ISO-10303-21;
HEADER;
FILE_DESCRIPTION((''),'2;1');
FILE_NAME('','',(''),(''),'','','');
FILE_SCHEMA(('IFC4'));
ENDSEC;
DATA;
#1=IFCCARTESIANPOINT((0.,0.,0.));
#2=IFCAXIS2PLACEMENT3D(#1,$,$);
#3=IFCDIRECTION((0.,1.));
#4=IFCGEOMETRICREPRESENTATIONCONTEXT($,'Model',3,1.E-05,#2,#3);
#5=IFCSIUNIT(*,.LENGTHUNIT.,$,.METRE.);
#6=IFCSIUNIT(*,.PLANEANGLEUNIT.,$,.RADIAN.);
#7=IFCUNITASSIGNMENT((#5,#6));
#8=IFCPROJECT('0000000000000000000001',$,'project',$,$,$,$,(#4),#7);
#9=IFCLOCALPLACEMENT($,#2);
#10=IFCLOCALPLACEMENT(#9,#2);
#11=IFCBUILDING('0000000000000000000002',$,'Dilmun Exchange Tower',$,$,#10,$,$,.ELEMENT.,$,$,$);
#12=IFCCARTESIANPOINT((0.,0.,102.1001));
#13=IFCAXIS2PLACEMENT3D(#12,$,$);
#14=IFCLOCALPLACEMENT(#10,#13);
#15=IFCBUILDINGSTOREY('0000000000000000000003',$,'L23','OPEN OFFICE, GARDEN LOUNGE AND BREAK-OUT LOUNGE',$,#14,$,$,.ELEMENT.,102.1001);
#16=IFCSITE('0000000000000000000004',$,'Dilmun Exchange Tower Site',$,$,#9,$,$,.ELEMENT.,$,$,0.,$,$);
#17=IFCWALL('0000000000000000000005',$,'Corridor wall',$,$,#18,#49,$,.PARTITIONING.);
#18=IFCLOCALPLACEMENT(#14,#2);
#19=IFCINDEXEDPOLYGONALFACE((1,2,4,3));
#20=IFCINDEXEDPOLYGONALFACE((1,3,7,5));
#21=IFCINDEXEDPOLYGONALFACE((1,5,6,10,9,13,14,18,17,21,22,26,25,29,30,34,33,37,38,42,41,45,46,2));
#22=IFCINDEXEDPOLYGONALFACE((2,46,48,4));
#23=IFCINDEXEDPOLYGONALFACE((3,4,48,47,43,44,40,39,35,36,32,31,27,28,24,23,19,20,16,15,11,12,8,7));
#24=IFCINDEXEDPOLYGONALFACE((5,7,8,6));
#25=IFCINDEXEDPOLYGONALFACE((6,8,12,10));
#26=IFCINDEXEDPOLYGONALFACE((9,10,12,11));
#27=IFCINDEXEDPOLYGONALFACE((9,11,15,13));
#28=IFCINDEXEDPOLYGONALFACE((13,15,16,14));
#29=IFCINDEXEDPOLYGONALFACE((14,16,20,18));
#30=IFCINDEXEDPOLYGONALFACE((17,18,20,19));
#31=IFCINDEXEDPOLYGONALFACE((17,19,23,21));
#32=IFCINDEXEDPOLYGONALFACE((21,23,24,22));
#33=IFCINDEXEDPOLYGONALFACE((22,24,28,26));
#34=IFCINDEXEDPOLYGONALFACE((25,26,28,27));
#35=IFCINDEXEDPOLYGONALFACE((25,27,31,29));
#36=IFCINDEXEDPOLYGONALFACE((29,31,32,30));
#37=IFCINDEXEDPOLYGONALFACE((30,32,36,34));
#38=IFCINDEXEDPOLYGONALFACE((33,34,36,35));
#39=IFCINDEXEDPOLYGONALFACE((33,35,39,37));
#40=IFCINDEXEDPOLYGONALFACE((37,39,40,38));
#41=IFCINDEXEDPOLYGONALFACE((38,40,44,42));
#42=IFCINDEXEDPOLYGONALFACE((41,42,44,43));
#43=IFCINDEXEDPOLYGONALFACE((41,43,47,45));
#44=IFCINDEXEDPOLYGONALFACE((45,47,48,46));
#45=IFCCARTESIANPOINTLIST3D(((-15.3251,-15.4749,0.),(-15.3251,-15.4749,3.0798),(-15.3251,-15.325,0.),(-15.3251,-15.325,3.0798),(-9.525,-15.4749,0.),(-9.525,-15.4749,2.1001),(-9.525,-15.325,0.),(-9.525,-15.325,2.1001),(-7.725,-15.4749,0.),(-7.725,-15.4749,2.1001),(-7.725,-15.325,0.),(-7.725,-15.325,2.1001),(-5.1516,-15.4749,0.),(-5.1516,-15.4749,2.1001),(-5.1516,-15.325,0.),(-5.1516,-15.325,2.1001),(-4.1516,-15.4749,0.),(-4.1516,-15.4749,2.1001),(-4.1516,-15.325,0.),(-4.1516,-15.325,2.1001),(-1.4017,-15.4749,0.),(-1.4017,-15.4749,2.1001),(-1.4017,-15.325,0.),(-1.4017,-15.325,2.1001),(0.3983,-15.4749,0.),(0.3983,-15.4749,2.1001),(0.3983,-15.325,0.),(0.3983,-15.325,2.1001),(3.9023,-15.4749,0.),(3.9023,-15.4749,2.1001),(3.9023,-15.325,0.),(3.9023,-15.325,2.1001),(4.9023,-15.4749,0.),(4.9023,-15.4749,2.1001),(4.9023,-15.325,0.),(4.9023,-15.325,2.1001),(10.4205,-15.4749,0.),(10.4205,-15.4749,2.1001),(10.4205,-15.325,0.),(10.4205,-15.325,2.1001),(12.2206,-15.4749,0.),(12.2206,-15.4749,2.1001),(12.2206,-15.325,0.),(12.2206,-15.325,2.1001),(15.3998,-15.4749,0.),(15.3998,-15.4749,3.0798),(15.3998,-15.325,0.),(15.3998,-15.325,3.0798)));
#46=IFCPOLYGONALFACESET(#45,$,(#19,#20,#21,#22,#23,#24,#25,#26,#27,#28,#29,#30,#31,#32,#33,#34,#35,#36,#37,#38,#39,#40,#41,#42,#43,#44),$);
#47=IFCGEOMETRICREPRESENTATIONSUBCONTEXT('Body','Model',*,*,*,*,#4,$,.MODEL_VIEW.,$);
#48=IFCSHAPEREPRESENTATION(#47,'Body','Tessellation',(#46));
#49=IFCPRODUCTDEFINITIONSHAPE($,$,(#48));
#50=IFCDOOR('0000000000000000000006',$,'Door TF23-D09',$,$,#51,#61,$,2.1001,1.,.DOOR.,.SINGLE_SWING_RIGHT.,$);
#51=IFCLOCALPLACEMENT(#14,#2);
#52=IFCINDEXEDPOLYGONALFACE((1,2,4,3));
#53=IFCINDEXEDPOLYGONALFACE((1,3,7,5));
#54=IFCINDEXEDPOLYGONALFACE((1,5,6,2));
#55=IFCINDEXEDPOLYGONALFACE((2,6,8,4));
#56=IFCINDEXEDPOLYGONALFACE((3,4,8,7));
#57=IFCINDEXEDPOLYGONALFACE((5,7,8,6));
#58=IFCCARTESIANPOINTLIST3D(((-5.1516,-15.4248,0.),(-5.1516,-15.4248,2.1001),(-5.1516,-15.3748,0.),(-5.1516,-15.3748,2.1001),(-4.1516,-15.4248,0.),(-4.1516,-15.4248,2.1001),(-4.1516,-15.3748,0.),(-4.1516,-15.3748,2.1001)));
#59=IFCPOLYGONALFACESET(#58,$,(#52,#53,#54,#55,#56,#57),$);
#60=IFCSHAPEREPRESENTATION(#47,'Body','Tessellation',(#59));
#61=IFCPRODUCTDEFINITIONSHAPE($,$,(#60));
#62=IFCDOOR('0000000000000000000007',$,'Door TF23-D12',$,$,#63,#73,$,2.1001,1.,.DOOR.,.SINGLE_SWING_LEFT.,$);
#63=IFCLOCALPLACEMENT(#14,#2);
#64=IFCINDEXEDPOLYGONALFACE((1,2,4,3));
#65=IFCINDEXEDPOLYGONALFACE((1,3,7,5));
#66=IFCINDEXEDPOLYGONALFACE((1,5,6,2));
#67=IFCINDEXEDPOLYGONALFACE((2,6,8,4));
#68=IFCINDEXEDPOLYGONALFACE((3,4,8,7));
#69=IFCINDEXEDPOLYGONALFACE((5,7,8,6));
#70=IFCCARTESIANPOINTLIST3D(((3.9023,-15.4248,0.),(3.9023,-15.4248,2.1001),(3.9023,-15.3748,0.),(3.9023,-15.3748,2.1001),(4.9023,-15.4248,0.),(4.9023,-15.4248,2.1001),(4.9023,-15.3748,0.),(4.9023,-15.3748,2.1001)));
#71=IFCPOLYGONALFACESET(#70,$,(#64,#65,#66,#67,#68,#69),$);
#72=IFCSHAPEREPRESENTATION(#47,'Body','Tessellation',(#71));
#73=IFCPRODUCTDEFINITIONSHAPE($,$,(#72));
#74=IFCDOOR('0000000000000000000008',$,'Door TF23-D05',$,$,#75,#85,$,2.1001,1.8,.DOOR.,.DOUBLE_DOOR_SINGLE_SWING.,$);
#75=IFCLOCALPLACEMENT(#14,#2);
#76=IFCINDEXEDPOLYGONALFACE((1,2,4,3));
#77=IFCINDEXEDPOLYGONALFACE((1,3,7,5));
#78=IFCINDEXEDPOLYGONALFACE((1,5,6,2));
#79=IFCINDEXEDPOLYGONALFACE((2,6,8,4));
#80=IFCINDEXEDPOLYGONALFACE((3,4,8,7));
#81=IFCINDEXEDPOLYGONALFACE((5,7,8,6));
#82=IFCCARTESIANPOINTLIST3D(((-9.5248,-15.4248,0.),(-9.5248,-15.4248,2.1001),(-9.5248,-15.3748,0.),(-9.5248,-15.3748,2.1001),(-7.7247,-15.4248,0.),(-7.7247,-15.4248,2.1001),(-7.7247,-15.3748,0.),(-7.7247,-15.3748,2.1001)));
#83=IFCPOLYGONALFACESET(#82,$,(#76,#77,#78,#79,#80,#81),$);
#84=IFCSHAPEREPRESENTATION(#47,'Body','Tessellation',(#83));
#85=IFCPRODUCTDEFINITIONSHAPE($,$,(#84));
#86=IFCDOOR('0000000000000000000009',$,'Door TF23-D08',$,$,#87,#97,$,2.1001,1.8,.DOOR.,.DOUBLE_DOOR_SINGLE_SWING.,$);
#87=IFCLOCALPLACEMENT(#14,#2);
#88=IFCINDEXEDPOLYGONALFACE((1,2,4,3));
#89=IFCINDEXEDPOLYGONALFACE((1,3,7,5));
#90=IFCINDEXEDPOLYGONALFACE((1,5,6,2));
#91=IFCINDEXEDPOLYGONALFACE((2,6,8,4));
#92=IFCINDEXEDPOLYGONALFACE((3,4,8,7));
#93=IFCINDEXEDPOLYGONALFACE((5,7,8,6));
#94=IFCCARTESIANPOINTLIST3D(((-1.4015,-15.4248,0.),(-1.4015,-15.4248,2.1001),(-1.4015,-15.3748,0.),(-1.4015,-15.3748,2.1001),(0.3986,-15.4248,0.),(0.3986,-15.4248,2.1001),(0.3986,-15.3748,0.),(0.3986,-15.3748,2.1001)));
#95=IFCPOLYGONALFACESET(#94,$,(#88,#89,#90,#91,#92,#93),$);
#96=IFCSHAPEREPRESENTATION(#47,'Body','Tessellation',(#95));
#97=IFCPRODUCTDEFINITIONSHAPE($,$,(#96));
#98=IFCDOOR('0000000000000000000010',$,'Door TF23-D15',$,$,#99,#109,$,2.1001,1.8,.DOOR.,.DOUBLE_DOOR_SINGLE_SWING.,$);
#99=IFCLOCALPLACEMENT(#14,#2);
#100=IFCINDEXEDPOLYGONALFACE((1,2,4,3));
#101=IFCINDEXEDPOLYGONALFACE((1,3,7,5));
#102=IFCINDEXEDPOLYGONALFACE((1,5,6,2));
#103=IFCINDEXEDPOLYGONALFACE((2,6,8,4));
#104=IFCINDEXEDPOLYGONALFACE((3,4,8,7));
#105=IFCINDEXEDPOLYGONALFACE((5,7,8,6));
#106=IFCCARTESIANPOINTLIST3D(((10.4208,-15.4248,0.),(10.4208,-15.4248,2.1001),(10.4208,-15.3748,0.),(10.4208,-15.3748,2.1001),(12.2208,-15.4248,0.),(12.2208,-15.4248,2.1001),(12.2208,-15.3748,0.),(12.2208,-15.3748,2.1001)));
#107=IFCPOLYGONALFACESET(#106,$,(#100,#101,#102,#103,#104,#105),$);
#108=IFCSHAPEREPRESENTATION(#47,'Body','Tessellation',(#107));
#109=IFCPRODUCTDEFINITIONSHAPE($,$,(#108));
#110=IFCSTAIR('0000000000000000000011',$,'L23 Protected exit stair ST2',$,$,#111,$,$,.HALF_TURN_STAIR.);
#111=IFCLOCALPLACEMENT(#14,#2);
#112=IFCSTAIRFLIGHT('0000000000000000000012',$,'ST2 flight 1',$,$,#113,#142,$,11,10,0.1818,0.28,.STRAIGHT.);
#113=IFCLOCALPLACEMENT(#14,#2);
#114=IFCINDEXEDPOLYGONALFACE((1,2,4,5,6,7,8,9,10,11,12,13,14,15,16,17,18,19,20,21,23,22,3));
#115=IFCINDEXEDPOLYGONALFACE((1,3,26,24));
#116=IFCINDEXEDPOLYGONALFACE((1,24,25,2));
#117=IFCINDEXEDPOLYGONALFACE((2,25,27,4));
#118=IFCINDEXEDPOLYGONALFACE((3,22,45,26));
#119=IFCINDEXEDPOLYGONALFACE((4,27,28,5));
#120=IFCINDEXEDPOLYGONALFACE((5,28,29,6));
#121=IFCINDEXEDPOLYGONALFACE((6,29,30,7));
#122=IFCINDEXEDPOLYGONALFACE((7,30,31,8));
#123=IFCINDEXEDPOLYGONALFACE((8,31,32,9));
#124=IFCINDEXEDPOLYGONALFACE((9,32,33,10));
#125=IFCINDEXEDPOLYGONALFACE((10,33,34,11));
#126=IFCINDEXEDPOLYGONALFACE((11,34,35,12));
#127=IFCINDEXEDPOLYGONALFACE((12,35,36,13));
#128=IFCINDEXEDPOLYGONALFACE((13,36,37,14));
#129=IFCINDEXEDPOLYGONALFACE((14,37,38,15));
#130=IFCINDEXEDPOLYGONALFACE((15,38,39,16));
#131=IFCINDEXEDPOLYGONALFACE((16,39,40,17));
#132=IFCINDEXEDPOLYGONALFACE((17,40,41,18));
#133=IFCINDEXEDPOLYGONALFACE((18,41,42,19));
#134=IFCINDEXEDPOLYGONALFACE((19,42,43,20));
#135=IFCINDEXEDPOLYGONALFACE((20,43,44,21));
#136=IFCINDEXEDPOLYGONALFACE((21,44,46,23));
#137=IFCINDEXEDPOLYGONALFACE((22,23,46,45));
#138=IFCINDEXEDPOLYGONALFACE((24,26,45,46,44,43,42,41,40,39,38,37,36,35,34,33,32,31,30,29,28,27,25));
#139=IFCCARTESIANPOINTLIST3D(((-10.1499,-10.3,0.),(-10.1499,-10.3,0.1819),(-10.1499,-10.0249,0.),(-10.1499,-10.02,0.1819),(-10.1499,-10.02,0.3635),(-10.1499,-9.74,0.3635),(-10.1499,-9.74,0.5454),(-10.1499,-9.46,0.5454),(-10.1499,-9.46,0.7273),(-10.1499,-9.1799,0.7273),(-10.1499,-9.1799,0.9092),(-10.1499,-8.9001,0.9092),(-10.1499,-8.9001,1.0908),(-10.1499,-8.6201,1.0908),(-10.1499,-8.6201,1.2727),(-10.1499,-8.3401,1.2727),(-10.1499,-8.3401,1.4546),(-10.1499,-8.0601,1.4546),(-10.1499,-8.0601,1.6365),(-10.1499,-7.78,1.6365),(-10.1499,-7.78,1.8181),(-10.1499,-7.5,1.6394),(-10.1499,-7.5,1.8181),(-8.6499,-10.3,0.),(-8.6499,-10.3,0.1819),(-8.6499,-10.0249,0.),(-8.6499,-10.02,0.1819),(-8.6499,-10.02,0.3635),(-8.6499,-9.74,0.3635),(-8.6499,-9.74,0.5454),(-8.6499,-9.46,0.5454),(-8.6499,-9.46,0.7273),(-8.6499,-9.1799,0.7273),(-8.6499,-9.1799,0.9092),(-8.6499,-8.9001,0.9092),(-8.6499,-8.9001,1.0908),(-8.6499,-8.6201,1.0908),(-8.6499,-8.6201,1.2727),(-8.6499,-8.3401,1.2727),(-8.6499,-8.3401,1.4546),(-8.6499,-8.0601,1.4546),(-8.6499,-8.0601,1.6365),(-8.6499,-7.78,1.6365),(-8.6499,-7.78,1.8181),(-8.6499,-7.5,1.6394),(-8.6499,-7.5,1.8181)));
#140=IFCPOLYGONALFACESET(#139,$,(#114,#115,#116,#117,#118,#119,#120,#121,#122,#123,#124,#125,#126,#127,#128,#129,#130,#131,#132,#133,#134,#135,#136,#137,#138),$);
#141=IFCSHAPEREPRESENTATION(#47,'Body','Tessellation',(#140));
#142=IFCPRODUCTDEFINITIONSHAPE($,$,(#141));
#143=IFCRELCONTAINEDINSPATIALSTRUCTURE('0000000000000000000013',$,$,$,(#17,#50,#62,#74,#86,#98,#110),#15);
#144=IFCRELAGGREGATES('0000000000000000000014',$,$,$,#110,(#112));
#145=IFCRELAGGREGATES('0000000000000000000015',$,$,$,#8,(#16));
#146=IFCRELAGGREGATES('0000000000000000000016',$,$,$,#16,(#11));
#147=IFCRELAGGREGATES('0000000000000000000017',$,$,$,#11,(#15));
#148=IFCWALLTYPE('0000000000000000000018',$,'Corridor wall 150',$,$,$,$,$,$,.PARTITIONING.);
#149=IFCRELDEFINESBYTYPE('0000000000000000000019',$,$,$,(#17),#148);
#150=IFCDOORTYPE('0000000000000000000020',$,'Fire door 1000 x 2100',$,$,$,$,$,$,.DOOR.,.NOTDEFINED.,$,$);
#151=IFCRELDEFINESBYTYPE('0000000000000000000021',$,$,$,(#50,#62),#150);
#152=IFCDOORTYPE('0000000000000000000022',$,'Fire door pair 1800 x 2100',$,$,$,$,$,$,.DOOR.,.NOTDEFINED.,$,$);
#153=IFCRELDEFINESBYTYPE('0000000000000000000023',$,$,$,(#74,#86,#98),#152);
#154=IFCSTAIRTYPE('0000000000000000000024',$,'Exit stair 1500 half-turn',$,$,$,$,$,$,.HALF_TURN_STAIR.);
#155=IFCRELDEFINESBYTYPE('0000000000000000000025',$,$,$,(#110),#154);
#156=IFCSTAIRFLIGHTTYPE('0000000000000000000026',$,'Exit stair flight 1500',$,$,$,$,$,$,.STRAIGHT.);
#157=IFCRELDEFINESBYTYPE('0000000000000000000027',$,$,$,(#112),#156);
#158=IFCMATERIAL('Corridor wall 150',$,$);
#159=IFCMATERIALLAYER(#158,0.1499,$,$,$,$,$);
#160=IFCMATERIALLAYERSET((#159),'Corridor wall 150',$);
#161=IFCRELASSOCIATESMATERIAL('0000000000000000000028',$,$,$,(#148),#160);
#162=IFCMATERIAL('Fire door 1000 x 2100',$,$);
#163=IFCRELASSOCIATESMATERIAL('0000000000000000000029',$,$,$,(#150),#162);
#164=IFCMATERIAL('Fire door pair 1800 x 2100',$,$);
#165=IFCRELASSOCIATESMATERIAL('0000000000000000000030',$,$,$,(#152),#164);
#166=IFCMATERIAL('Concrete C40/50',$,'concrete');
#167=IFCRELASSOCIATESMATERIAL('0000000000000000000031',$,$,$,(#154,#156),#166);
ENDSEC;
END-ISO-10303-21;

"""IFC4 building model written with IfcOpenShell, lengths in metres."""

from ifc_helpers import new_model, si_unit, direction, frame, frame_2d, origin, place, context, subcontext, project, spatial, polyline, rectangle, outline, extrude, material, layer, layer_set, type_object, element, fill, aggregate, save


model = new_model("IFC4")

# Units and contexts
model_context = context("Model", 3, precision=1e-05, world=origin(), true_north=direction((0.0, 1.0)))
body_context = subcontext(model_context, "Body", "Model", "MODEL_VIEW")
ifc_project = project(units=[si_unit("LENGTHUNIT", "METRE"), si_unit("PLANEANGLEUNIT", "RADIAN")], contexts=[model_context])

# Site, building, storey
site_placement = place(None, origin())
site = spatial("IfcSite", under=ifc_project, at=site_placement, Name="Dilmun Exchange Tower Site", CompositionType="ELEMENT", RefElevation=0.0)
building_placement = place(site_placement, origin())
building = spatial("IfcBuilding", under=site, at=building_placement, Name="Dilmun Exchange Tower", CompositionType="ELEMENT")
storey_placement = place(building_placement, frame((0.0, 0.0, 102.1001)))
storey = spatial("IfcBuildingStorey", under=building, at=storey_placement, Name="L23", Description="OPEN OFFICE, GARDEN LOUNGE AND BREAK-OUT LOUNGE", CompositionType="ELEMENT", Elevation=102.1001)

# Shared definitions
ifc_material_1 = material(Name="Concrete C40/50", Category="concrete")

# Wall, openings, doors
ifc_material_2 = material(Name="Corridor wall 150")
ifc_layer_1 = layer(ifc_material_2, 0.1499)
ifc_layer_set_1 = layer_set([ifc_layer_1], Name="Corridor wall 150")
wall_type_1 = type_object("IfcWallType", Name="Corridor wall 150", PredefinedType="PARTITIONING", material=ifc_layer_set_1)
wall_1_placement = place(storey_placement, frame((-15.325, -15.3999, 0.0), z_axis=(0.0, 0.0, 1.0), x_axis=(1.0, 0.0, 0.0)))
wall_1 = element("IfcWall", 1, at=wall_1_placement, inside=storey, type_object=wall_type_1, Name="Corridor wall", PredefinedType="PARTITIONING", context=body_context, shape_type="SweptSolid", body=[
    extrude(rectangle(XDim=30.7249, YDim=0.1499, at=frame_2d((15.3623, 0.0))), origin(), (0.0, 0.0, 1.0), 3.0798),
])
opening_1_placement = place(wall_1_placement, frame((5.8, 0.0, 0.0)))
opening_1 = element("IfcOpeningElement", 2, at=opening_1_placement, cuts=wall_1, PredefinedType="OPENING", context=body_context, shape_type="SweptSolid", body=[
    extrude(rectangle(XDim=1.8, YDim=2.1001, at=frame_2d((0.8999, 1.05))), frame((0.0, 0.085, 0.0), z_axis=(0.0, -1.0, 0.0), x_axis=(1.0, 0.0, 0.0)), (0.0, 0.0, 1.0), 0.1699),
])
opening_2_placement = place(wall_1_placement, frame((13.9233, 0.0, 0.0)))
opening_2 = element("IfcOpeningElement", 3, at=opening_2_placement, cuts=wall_1, PredefinedType="OPENING", context=body_context, shape_type="SweptSolid", body=[
    extrude(rectangle(XDim=1.8, YDim=2.1001, at=frame_2d((0.8999, 1.05))), frame((0.0, 0.085, 0.0), z_axis=(0.0, -1.0, 0.0), x_axis=(1.0, 0.0, 0.0)), (0.0, 0.0, 1.0), 0.1699),
])
opening_3_placement = place(wall_1_placement, frame((10.1733, 0.0, 0.0)))
opening_3 = element("IfcOpeningElement", 4, at=opening_3_placement, cuts=wall_1, PredefinedType="OPENING", context=body_context, shape_type="SweptSolid", body=[
    extrude(rectangle(XDim=1.0, YDim=2.1001, at=frame_2d((0.5, 1.05))), frame((0.0, 0.085, 0.0), z_axis=(0.0, -1.0, 0.0), x_axis=(1.0, 0.0, 0.0)), (0.0, 0.0, 1.0), 0.1699),
])
opening_4_placement = place(wall_1_placement, frame((19.2273, 0.0, 0.0)))
opening_4 = element("IfcOpeningElement", 5, at=opening_4_placement, cuts=wall_1, PredefinedType="OPENING", context=body_context, shape_type="SweptSolid", body=[
    extrude(rectangle(XDim=1.0, YDim=2.1001, at=frame_2d((0.5, 1.05))), frame((0.0, 0.085, 0.0), z_axis=(0.0, -1.0, 0.0), x_axis=(1.0, 0.0, 0.0)), (0.0, 0.0, 1.0), 0.1699),
])
opening_5_placement = place(wall_1_placement, frame((25.7456, 0.0, 0.0)))
opening_5 = element("IfcOpeningElement", 6, at=opening_5_placement, cuts=wall_1, PredefinedType="OPENING", context=body_context, shape_type="SweptSolid", body=[
    extrude(rectangle(XDim=1.8, YDim=2.1001, at=frame_2d((0.8999, 1.05))), frame((0.0, 0.085, 0.0), z_axis=(0.0, -1.0, 0.0), x_axis=(1.0, 0.0, 0.0)), (0.0, 0.0, 1.0), 0.1699),
])
ifc_material_3 = material(Name="Fire door 1000 x 2100")
door_type_1 = type_object("IfcDoorType", Name="Fire door 1000 x 2100", OperationType="NOTDEFINED", PredefinedType="DOOR", material=ifc_material_3)
door_1_placement = place(opening_3_placement, frame((1.0, 0.0, 0.0), z_axis=(0.0, 0.0, 1.0), x_axis=(-1.0, 0.0, 0.0)))
door_1 = element("IfcDoor", 7, at=door_1_placement, inside=storey, type_object=door_type_1, Name="Door TF23-D09", OperationType="SINGLE_SWING_RIGHT", OverallHeight=2.1001, OverallWidth=1.0, PredefinedType="DOOR", context=body_context, shape_type="SweptSolid", body=[
    extrude(rectangle(XDim=1.0, YDim=2.1001, at=frame_2d((0.5, 1.05))), frame((0.0, 0.0249, 0.0), z_axis=(0.0, -1.0, 0.0), x_axis=(1.0, 0.0, 0.0)), (0.0, 0.0, 1.0), 0.05),
])
fill(opening_3, door_1)
door_2_placement = place(opening_4_placement, frame((1.0, 0.0, 0.0), z_axis=(0.0, 0.0, 1.0), x_axis=(-1.0, 0.0, 0.0)))
door_2 = element("IfcDoor", 8, at=door_2_placement, inside=storey, type_object=door_type_1, Name="Door TF23-D12", OperationType="SINGLE_SWING_LEFT", OverallHeight=2.1001, OverallWidth=1.0, PredefinedType="DOOR", context=body_context, shape_type="SweptSolid", body=[
    extrude(rectangle(XDim=1.0, YDim=2.1001, at=frame_2d((0.5, 1.05))), frame((0.0, 0.0249, 0.0), z_axis=(0.0, -1.0, 0.0), x_axis=(1.0, 0.0, 0.0)), (0.0, 0.0, 1.0), 0.05),
])
fill(opening_4, door_2)
ifc_material_4 = material(Name="Fire door pair 1800 x 2100")
door_type_2 = type_object("IfcDoorType", Name="Fire door pair 1800 x 2100", OperationType="NOTDEFINED", PredefinedType="DOOR", material=ifc_material_4)
door_3_placement = place(opening_1_placement, frame((1.8, 0.0, 0.0), z_axis=(0.0, 0.0, 1.0), x_axis=(-1.0, 0.0, 0.0)))
door_3 = element("IfcDoor", 9, at=door_3_placement, inside=storey, type_object=door_type_2, Name="Door TF23-D05", OperationType="DOUBLE_DOOR_SINGLE_SWING", OverallHeight=2.1001, OverallWidth=1.8, PredefinedType="DOOR", context=body_context, shape_type="SweptSolid", body=[
    extrude(rectangle(XDim=1.8, YDim=2.1001, at=frame_2d((0.8999, 1.05))), frame((0.0, 0.0249, 0.0), z_axis=(0.0, -1.0, 0.0), x_axis=(1.0, 0.0, 0.0)), (0.0, 0.0, 1.0), 0.05),
])
fill(opening_1, door_3)
door_4_placement = place(opening_2_placement, frame((1.8, 0.0, 0.0), z_axis=(0.0, 0.0, 1.0), x_axis=(-1.0, 0.0, 0.0)))
door_4 = element("IfcDoor", 10, at=door_4_placement, inside=storey, type_object=door_type_2, Name="Door TF23-D08", OperationType="DOUBLE_DOOR_SINGLE_SWING", OverallHeight=2.1001, OverallWidth=1.8, PredefinedType="DOOR", context=body_context, shape_type="SweptSolid", body=[
    extrude(rectangle(XDim=1.8, YDim=2.1001, at=frame_2d((0.8999, 1.05))), frame((0.0, 0.0249, 0.0), z_axis=(0.0, -1.0, 0.0), x_axis=(1.0, 0.0, 0.0)), (0.0, 0.0, 1.0), 0.05),
])
fill(opening_2, door_4)
door_5_placement = place(opening_5_placement, frame((1.8, 0.0, 0.0), z_axis=(0.0, 0.0, 1.0), x_axis=(-1.0, 0.0, 0.0)))
door_5 = element("IfcDoor", 11, at=door_5_placement, inside=storey, type_object=door_type_2, Name="Door TF23-D15", OperationType="DOUBLE_DOOR_SINGLE_SWING", OverallHeight=2.1001, OverallWidth=1.8, PredefinedType="DOOR", context=body_context, shape_type="SweptSolid", body=[
    extrude(rectangle(XDim=1.8, YDim=2.1001, at=frame_2d((0.8999, 1.05))), frame((0.0, 0.0249, 0.0), z_axis=(0.0, -1.0, 0.0), x_axis=(1.0, 0.0, 0.0)), (0.0, 0.0, 1.0), 0.05),
])
fill(opening_5, door_5)

# Stair, stair flight
stair_type = type_object("IfcStairType", Name="Exit stair 1500 half-turn", PredefinedType="HALF_TURN_STAIR", material=ifc_material_1)
stair_placement = place(storey_placement, origin())
stair = element("IfcStair", 12, at=stair_placement, inside=storey, type_object=stair_type, Name="L23 Protected exit stair ST2", PredefinedType="HALF_TURN_STAIR")
stair_flight_type = type_object("IfcStairFlightType", Name="Exit stair flight 1500", PredefinedType="STRAIGHT", material=ifc_material_1)
stair_flight_placement = place(storey_placement, frame((-9.3999, -10.3, 0.0), z_axis=(0.0, 0.0, 1.0), x_axis=(0.0, 1.0, 0.0)))
stair_flight = element("IfcStairFlight", 13, at=stair_flight_placement, type_object=stair_flight_type, Name="ST2 flight 1", NumberOfRisers=11, NumberOfTreads=10, PredefinedType="STRAIGHT", RiserHeight=0.1818, TreadLength=0.28, context=body_context, shape_type="SweptSolid", body=[
    extrude(outline(polyline([(0.0, 0.0), (0.0, 0.1819), (0.28, 0.1819), (0.28, 0.3635), (0.5601, 0.3635), (0.5601, 0.5454), (0.8401, 0.5454), (0.8401, 0.7273), (1.1201, 0.7273), (1.1201, 0.9092), (1.3999, 0.9092), (1.3999, 1.0908), (1.6799, 1.0908), (1.6799, 1.2727), (1.96, 1.2727), (1.96, 1.4546), (2.24, 1.4546), (2.24, 1.6365), (2.52, 1.6365), (2.52, 1.8181), (2.8, 1.8181), (2.8, 2.0), (2.8, 1.6394), (0.2751, 0.0), (0.0, 0.0)])), frame((0.0, 0.75, 0.0), z_axis=(0.0, -1.0, 0.0), x_axis=(1.0, 0.0, 0.0)), (0.0, 0.0, 1.0), 1.5),
])
aggregate(stair, [stair_flight])

save(model, "model.ifc")
